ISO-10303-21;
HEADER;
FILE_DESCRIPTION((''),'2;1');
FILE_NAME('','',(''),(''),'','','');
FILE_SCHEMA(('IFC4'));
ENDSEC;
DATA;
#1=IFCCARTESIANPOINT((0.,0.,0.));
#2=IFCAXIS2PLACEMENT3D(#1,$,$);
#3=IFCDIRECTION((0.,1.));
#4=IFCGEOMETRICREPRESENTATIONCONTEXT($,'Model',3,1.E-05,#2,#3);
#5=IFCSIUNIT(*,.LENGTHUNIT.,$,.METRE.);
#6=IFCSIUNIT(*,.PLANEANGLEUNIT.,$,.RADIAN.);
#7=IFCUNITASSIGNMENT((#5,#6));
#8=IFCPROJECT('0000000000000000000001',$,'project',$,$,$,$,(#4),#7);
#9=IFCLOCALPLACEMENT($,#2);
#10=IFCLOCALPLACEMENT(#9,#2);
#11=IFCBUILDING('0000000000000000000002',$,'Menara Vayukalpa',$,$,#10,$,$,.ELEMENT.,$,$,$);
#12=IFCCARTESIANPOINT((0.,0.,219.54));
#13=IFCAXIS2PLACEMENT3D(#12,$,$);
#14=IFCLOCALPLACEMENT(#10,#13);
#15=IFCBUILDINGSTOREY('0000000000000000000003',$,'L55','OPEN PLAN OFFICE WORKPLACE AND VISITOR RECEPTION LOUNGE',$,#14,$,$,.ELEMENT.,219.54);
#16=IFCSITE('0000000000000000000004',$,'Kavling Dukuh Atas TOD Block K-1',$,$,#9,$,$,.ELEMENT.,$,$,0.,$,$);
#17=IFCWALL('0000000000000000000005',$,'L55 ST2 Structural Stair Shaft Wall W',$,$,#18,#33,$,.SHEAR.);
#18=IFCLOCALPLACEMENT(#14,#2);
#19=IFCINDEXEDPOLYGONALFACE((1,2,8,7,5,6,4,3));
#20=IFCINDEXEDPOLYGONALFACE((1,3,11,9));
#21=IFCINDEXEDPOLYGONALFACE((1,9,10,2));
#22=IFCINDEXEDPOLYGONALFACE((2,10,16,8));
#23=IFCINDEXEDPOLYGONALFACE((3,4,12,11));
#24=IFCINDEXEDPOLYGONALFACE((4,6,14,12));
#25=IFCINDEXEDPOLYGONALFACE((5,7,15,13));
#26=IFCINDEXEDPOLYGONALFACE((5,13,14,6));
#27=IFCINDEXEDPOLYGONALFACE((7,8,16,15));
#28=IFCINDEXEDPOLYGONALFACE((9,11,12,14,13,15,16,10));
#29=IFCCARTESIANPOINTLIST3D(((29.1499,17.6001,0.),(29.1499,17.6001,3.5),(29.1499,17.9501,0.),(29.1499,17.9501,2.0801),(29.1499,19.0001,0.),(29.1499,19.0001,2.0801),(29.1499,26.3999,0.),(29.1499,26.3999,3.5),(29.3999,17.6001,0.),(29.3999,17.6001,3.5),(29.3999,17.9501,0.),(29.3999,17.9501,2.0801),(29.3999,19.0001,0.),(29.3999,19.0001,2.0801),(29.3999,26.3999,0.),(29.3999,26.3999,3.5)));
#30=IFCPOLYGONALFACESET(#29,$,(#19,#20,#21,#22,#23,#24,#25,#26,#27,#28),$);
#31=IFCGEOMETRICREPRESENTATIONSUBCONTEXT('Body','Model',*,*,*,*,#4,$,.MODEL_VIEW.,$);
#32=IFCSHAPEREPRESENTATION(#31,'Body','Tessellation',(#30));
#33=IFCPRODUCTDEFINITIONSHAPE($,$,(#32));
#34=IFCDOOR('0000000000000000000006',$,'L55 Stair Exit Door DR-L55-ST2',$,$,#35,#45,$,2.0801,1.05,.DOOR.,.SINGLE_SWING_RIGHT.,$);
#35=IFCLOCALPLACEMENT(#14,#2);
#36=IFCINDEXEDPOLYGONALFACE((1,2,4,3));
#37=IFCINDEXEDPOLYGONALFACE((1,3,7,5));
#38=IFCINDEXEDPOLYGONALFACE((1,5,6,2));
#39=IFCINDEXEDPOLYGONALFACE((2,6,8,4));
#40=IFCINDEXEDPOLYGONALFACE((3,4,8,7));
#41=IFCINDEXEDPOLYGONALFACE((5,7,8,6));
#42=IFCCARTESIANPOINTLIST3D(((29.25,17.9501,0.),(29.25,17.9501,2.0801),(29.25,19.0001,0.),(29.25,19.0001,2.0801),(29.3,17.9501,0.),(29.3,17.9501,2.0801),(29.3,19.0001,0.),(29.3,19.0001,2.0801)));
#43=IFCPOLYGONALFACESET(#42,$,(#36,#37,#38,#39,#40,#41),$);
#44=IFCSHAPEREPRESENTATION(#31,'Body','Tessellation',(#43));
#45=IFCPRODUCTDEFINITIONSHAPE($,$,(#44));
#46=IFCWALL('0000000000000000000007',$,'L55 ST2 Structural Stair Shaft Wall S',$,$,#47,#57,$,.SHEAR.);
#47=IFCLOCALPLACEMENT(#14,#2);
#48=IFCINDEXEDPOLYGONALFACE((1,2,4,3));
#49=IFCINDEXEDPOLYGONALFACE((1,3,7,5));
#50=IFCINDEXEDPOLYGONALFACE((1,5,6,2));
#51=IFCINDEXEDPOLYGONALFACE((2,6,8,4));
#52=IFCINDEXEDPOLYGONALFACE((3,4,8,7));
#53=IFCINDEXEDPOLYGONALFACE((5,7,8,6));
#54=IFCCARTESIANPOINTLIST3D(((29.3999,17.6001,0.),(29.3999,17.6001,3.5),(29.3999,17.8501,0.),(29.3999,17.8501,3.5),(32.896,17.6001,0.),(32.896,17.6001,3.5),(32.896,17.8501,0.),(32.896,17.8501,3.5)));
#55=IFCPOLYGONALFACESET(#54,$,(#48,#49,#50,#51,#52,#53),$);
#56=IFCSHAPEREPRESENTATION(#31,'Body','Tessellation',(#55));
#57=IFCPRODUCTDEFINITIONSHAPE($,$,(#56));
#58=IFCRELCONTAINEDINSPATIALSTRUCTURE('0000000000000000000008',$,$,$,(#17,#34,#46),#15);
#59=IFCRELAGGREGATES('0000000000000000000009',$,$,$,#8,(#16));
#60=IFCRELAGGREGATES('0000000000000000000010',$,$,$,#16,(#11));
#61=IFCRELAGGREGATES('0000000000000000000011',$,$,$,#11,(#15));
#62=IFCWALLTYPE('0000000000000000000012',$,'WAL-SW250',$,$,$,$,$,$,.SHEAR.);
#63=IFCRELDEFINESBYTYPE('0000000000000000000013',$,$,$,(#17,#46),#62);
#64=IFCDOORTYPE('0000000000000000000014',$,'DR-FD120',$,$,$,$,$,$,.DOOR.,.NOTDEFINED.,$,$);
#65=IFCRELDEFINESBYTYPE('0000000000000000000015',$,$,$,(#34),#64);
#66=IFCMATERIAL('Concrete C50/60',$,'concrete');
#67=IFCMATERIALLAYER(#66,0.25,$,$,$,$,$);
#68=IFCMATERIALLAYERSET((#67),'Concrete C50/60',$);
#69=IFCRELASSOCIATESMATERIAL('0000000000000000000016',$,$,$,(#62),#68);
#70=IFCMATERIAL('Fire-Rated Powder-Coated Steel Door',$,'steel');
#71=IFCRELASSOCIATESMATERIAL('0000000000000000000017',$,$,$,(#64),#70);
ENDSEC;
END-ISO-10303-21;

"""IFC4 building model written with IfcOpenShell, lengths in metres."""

from ifc_helpers import new_model, si_unit, direction, frame, frame_2d, origin, place, context, subcontext, project, spatial, rectangle, extrude, material, layer, layer_set, type_object, element, fill, save


model = new_model("IFC4")

# Units and contexts
model_context = context("Model", 3, precision=1e-05, world=origin(), true_north=direction((0.0, 1.0)))
body_context = subcontext(model_context, "Body", "Model", "MODEL_VIEW")
ifc_project = project(units=[si_unit("LENGTHUNIT", "METRE"), si_unit("PLANEANGLEUNIT", "RADIAN")], contexts=[model_context])

# Site, building, storey
site_placement = place(None, origin())
site = spatial("IfcSite", under=ifc_project, at=site_placement, Name="Kavling Dukuh Atas TOD Block K-1", CompositionType="ELEMENT", RefElevation=0.0)
building_placement = place(site_placement, origin())
building = spatial("IfcBuilding", under=site, at=building_placement, Name="Menara Vayukalpa", CompositionType="ELEMENT")
storey_placement = place(building_placement, frame((0.0, 0.0, 219.54)))
storey = spatial("IfcBuildingStorey", under=building, at=storey_placement, Name="L55", Description="OPEN PLAN OFFICE WORKPLACE AND VISITOR RECEPTION LOUNGE", CompositionType="ELEMENT", Elevation=219.54)

# Wall, opening, door
ifc_material_1 = material(Name="Concrete C50/60", Category="concrete")
ifc_layer_1 = layer(ifc_material_1, 0.25)
ifc_layer_set_1 = layer_set([ifc_layer_1], Name="Concrete C50/60")
wall_type_1 = type_object("IfcWallType", Name="WAL-SW250", PredefinedType="SHEAR", material=ifc_layer_set_1)
wall_1_placement = place(storey_placement, frame((29.2749, 17.6001, 0.0), z_axis=(0.0, 0.0, 1.0), x_axis=(0.0, 1.0, 0.0)))
wall_1 = element("IfcWall", 1, at=wall_1_placement, inside=storey, type_object=wall_type_1, Name="L55 ST2 Structural Stair Shaft Wall W", PredefinedType="SHEAR", context=body_context, shape_type="SweptSolid", body=[
    extrude(rectangle(XDim=8.7998, YDim=0.25, at=frame_2d((4.3999, 0.0))), origin(), (0.0, 0.0, 1.0), 3.5),
])
opening_1_placement = place(wall_1_placement, frame((0.3501, 0.0, 0.0)))
opening_1 = element("IfcOpeningElement", 2, at=opening_1_placement, cuts=wall_1, PredefinedType="OPENING", context=body_context, shape_type="SweptSolid", body=[
    extrude(rectangle(XDim=1.05, YDim=2.0801, at=frame_2d((0.5249, 1.04))), frame((0.0, 0.135, 0.0), z_axis=(0.0, -1.0, 0.0), x_axis=(1.0, 0.0, 0.0)), (0.0, 0.0, 1.0), 0.27),
])
ifc_material_2 = material(Name="Fire-Rated Powder-Coated Steel Door", Category="steel")
door_type_1 = type_object("IfcDoorType", Name="DR-FD120", OperationType="NOTDEFINED", PredefinedType="DOOR", material=ifc_material_2)
door_1_placement = place(opening_1_placement, origin())
door_1 = element("IfcDoor", 3, at=door_1_placement, inside=storey, type_object=door_type_1, Name="L55 Stair Exit Door DR-L55-ST2", OperationType="SINGLE_SWING_RIGHT", OverallHeight=2.0801, OverallWidth=1.05, PredefinedType="DOOR", context=body_context, shape_type="SweptSolid", body=[
    extrude(rectangle(XDim=1.05, YDim=2.0801, at=frame_2d((0.5249, 1.04))), frame((0.0, 0.0249, 0.0), z_axis=(0.0, -1.0, 0.0), x_axis=(1.0, 0.0, 0.0)), (0.0, 0.0, 1.0), 0.05),
])
fill(opening_1, door_1)

# Wall
wall_2_placement = place(storey_placement, frame((29.3999, 17.7251, 0.0), z_axis=(0.0, 0.0, 1.0), x_axis=(1.0, 0.0, 0.0)))
element("IfcWall", 4, at=wall_2_placement, inside=storey, type_object=wall_type_1, Name="L55 ST2 Structural Stair Shaft Wall S", PredefinedType="SHEAR", context=body_context, shape_type="SweptSolid", body=[
    extrude(rectangle(XDim=3.4961, YDim=0.25, at=frame_2d((1.748, 0.0))), origin(), (0.0, 0.0, 1.0), 3.5),
])

save(model, "model.ifc")
